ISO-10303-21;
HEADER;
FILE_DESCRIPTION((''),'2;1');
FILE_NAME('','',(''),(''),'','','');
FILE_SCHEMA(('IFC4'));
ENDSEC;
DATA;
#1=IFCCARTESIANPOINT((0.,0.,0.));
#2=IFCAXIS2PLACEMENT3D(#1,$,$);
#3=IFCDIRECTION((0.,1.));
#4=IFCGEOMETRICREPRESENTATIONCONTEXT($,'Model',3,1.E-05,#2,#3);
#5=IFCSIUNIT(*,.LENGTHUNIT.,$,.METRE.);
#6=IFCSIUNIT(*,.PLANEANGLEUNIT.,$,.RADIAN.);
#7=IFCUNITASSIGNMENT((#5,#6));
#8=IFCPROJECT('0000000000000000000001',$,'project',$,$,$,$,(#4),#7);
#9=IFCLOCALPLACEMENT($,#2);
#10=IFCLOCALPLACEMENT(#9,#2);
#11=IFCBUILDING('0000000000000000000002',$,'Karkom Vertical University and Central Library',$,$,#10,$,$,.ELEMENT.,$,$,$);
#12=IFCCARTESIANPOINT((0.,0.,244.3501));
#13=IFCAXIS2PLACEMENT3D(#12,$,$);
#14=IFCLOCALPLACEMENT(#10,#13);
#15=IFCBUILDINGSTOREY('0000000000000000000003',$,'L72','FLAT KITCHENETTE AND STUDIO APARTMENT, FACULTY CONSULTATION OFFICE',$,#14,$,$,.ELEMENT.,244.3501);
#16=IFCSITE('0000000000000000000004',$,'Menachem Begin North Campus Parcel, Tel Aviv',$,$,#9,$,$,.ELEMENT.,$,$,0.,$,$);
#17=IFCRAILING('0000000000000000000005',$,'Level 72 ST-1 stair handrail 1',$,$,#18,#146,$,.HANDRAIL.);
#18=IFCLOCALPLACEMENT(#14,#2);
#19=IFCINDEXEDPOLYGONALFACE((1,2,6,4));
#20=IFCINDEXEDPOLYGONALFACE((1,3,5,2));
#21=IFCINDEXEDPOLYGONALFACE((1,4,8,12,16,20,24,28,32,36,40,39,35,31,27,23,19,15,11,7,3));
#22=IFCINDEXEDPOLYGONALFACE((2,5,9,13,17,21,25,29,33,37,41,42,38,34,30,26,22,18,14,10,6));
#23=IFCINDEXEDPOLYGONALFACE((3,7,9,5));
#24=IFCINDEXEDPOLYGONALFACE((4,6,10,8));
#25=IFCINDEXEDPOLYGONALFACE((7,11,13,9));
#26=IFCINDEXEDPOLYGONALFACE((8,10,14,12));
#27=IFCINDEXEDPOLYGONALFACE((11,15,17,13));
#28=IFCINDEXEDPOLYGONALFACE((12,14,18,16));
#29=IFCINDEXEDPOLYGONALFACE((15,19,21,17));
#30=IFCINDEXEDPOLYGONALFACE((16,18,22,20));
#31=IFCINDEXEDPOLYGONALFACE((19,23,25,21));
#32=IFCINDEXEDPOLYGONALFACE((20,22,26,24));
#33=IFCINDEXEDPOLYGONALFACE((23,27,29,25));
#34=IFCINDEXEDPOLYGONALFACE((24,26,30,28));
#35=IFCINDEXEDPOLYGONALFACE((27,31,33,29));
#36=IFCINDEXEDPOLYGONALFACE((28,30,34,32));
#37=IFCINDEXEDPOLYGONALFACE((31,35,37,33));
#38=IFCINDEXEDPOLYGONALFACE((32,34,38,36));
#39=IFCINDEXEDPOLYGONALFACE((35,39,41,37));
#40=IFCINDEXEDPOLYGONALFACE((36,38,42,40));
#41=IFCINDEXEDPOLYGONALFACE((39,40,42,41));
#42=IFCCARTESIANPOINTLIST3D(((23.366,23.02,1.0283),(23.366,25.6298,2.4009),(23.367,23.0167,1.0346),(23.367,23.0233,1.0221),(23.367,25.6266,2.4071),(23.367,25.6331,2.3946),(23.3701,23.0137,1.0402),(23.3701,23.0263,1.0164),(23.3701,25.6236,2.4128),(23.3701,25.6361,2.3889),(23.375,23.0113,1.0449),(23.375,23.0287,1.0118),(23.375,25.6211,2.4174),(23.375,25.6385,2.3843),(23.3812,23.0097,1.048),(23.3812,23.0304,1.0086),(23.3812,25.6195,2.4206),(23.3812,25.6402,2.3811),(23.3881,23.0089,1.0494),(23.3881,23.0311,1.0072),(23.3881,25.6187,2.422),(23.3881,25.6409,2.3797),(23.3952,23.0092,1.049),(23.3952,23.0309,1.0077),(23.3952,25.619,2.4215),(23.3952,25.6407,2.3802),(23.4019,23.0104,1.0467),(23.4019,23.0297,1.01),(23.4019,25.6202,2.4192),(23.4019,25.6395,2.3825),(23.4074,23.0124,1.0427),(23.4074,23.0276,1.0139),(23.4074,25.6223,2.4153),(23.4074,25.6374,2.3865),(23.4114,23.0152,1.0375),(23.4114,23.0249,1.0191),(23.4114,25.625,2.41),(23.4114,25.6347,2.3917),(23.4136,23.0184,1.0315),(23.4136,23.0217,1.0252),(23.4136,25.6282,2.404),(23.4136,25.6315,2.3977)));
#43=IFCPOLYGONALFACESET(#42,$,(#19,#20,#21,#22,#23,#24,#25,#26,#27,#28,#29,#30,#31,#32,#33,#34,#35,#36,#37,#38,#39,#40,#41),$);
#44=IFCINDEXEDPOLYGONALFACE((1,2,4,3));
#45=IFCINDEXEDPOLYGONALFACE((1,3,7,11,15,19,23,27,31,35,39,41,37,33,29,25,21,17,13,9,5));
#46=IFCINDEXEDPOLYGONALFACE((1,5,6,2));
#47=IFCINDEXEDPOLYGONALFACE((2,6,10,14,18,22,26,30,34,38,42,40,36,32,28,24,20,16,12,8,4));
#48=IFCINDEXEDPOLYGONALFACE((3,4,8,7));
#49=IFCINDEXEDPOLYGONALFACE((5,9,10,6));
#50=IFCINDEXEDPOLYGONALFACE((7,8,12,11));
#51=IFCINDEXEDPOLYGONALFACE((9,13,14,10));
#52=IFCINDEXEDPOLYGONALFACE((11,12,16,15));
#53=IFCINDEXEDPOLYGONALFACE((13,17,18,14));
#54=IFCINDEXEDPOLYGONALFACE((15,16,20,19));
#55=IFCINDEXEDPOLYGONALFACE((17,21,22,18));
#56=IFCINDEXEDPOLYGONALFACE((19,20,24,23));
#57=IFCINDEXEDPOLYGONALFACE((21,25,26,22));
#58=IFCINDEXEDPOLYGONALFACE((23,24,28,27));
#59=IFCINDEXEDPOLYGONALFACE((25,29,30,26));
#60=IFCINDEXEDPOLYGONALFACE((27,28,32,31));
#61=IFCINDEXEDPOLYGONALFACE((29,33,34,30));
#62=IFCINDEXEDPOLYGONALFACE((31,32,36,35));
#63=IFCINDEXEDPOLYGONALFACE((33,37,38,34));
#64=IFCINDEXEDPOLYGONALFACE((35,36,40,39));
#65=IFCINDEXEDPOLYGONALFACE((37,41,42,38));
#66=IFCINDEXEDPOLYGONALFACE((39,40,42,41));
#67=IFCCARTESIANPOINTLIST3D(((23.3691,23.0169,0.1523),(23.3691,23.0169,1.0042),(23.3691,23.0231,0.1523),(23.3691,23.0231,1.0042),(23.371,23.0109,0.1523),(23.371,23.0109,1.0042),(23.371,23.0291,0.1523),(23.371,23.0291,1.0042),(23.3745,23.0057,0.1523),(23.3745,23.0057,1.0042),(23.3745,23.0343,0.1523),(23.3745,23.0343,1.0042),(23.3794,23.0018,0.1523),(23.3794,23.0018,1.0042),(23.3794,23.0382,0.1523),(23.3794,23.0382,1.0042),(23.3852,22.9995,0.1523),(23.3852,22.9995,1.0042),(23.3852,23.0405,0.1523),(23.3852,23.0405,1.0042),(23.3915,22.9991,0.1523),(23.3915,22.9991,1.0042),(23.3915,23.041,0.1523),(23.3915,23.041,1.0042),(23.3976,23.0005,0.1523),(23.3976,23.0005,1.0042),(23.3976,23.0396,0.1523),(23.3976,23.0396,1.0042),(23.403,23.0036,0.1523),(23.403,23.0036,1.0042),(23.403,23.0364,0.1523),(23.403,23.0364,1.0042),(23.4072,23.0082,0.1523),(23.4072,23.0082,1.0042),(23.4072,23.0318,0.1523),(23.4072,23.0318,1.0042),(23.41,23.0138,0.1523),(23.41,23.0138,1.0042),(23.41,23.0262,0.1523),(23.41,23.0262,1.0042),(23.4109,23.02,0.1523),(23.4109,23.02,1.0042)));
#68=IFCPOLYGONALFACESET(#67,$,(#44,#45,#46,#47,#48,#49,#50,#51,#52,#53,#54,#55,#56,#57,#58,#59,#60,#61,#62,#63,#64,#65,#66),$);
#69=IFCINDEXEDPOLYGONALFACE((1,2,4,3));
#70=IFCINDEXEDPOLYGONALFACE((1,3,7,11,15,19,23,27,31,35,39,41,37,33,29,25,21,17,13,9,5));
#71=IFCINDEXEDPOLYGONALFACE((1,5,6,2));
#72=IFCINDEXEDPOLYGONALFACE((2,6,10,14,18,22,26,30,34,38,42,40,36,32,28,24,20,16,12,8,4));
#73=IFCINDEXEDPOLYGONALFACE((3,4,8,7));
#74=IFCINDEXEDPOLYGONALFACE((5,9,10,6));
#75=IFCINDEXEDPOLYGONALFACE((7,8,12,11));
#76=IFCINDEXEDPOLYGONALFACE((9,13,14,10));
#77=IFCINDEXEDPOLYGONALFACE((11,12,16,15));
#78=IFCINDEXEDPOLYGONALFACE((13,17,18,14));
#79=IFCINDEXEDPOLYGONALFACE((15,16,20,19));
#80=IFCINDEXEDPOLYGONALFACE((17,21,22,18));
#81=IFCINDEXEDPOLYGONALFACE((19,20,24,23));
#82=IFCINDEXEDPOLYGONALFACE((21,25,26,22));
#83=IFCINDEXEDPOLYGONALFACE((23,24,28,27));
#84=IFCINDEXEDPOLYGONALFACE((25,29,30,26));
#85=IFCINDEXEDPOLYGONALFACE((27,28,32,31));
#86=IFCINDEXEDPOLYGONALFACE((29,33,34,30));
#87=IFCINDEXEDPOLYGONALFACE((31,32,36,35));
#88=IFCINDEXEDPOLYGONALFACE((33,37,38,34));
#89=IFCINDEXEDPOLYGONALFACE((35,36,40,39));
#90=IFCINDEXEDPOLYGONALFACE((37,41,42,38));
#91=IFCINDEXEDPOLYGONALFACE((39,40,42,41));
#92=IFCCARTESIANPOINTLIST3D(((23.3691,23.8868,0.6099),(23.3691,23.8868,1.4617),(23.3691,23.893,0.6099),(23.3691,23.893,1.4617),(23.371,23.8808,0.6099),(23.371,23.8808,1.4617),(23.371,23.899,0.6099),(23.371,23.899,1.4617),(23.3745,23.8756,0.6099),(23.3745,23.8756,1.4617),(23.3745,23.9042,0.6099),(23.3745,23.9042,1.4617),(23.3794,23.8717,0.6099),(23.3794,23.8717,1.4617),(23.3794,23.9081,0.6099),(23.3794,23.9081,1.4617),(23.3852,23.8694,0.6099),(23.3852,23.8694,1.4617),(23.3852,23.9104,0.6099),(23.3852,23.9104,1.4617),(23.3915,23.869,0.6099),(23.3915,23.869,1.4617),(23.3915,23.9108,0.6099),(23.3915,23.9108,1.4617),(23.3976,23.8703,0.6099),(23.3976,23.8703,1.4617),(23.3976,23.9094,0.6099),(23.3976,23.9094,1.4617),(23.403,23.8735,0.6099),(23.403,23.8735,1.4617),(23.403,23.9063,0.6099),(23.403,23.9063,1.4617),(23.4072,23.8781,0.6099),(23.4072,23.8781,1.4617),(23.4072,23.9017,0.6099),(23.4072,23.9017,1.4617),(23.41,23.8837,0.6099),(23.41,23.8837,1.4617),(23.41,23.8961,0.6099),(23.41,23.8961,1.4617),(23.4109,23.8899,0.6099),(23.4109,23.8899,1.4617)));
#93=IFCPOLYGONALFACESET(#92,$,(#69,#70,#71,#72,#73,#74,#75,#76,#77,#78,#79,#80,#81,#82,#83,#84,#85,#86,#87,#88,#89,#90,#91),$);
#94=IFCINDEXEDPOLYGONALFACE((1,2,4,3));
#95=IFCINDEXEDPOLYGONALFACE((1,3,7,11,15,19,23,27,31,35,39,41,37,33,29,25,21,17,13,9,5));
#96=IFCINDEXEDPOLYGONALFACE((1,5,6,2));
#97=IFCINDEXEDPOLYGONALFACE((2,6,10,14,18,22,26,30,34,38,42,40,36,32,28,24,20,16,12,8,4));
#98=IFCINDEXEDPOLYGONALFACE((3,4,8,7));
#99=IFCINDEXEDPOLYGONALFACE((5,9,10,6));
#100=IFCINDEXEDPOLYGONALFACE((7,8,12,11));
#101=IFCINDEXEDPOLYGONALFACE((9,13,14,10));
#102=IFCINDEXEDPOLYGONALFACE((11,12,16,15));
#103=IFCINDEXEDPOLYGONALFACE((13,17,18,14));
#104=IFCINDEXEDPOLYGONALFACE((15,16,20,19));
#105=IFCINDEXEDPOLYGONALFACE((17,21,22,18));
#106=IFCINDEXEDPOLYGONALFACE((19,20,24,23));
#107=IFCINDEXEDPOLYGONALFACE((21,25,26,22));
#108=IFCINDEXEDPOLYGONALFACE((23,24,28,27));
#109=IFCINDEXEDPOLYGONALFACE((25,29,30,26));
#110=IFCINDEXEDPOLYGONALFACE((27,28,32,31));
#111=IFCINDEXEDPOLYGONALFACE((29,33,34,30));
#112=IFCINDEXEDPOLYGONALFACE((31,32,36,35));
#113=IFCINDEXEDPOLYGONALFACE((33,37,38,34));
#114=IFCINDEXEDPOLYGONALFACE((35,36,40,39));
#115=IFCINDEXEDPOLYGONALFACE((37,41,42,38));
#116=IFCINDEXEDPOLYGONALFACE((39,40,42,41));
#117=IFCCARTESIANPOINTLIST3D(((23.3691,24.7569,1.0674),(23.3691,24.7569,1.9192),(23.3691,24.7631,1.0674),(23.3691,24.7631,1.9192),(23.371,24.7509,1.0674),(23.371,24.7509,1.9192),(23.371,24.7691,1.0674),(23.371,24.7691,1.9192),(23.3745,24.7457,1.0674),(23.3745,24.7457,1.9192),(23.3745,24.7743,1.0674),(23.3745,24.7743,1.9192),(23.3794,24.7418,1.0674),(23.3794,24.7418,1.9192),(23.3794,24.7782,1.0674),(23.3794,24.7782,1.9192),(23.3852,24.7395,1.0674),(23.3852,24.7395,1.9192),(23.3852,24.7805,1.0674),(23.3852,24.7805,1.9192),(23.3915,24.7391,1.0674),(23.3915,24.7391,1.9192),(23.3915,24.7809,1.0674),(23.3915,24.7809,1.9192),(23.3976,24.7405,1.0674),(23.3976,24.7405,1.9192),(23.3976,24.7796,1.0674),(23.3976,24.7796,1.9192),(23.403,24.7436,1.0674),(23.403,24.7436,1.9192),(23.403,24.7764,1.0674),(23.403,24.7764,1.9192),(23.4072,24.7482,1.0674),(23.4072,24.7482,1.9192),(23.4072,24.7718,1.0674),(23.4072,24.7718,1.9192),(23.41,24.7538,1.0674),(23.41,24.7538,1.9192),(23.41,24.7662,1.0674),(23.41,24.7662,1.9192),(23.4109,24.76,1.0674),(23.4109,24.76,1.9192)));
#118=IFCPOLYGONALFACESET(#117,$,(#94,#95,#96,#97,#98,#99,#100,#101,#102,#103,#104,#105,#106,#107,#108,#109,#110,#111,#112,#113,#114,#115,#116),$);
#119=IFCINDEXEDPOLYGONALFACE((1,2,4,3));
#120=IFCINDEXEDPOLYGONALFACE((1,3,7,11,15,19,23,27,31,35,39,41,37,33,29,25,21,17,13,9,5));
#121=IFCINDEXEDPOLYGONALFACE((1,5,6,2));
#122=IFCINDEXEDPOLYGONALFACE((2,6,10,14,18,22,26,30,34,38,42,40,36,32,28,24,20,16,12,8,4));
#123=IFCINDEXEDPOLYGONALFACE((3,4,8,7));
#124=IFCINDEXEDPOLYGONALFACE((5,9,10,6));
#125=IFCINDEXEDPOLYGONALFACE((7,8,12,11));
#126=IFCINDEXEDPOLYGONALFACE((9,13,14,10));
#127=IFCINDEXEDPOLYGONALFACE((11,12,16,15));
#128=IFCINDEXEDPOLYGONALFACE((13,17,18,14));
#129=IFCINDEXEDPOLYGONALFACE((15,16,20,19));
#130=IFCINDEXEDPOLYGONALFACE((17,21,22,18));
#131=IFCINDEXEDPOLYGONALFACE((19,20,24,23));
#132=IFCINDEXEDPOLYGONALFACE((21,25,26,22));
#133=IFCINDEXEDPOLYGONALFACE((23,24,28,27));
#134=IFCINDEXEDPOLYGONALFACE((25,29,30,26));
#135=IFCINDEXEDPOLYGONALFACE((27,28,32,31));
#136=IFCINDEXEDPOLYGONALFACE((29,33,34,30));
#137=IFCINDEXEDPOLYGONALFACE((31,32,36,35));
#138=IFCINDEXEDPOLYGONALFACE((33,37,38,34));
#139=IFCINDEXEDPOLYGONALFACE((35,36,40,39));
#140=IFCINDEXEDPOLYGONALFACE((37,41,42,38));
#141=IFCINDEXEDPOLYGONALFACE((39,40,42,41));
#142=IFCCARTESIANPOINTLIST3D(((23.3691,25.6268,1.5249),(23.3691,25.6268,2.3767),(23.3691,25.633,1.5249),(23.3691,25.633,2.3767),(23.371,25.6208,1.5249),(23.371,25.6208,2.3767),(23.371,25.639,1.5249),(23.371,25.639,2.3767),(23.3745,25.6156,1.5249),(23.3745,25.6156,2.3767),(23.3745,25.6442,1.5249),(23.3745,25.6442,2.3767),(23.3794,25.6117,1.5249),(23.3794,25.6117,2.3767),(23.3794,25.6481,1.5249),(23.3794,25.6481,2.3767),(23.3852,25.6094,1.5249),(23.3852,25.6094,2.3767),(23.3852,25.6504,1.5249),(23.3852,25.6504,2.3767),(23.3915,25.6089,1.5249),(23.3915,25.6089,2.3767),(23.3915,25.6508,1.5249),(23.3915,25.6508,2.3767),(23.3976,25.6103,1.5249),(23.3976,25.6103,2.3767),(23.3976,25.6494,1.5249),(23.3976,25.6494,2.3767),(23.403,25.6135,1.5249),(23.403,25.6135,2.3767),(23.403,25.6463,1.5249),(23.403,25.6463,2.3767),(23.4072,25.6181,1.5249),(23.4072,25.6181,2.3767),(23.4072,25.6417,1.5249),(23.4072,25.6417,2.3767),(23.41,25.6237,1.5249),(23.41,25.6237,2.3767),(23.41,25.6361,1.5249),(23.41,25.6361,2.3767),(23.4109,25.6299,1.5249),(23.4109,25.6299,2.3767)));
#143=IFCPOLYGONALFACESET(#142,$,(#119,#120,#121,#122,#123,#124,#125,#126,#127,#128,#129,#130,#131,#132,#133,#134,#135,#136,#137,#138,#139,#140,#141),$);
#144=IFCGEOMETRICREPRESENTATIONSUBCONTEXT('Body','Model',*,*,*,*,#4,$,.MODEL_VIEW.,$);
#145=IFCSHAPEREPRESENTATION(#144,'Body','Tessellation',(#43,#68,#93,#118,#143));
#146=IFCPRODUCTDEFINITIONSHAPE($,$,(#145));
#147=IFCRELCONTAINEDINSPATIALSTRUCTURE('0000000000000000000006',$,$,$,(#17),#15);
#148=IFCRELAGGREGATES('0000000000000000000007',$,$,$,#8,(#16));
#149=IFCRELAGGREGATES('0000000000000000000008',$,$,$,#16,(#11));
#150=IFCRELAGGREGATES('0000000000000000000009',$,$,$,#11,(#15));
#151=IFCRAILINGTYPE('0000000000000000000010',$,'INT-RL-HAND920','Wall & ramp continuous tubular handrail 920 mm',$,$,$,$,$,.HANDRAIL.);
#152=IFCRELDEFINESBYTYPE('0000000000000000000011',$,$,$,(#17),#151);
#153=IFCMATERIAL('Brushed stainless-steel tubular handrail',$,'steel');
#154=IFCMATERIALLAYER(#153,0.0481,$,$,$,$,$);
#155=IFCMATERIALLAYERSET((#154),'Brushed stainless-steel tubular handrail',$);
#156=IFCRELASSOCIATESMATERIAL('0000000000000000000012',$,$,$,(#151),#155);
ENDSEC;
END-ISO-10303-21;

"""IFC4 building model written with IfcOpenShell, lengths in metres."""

from ifc_helpers import new_model, si_unit, direction, frame, origin, origin_2d, place, context, subcontext, project, spatial, circle, extrude, material, layer, layer_set, type_object, element, save


model = new_model("IFC4")

# Units and contexts
model_context = context("Model", 3, precision=1e-05, world=origin(), true_north=direction((0.0, 1.0)))
body_context = subcontext(model_context, "Body", "Model", "MODEL_VIEW")
ifc_project = project(units=[si_unit("LENGTHUNIT", "METRE"), si_unit("PLANEANGLEUNIT", "RADIAN")], contexts=[model_context])

# Site, building, storey
site_placement = place(None, origin())
site = spatial("IfcSite", under=ifc_project, at=site_placement, Name="Menachem Begin North Campus Parcel, Tel Aviv", CompositionType="ELEMENT", RefElevation=0.0)
building_placement = place(site_placement, origin())
building = spatial("IfcBuilding", under=site, at=building_placement, Name="Karkom Vertical University and Central Library", CompositionType="ELEMENT")
storey_placement = place(building_placement, frame((0.0, 0.0, 244.3501)))
storey = spatial("IfcBuildingStorey", under=building, at=storey_placement, Name="L72", Description="FLAT KITCHENETTE AND STUDIO APARTMENT, FACULTY CONSULTATION OFFICE", CompositionType="ELEMENT", Elevation=244.3501)

# Railing
ifc_material_1 = material(Name="Brushed stainless-steel tubular handrail", Category="steel")
ifc_layer_1 = layer(ifc_material_1, 0.0481)
ifc_layer_set_1 = layer_set([ifc_layer_1], Name="Brushed stainless-steel tubular handrail")
railing_type_1 = type_object("IfcRailingType", Name="INT-RL-HAND920", Description="Wall & ramp continuous tubular handrail 920 mm", PredefinedType="HANDRAIL", material=ifc_layer_set_1)
railing_1_placement = place(storey_placement, frame((23.3899, 23.02, 0.1523)))
element("IfcRailing", 1, at=railing_1_placement, inside=storey, type_object=railing_type_1, Name="Level 72 ST-1 stair handrail 1", PredefinedType="HANDRAIL", context=body_context, shape_type="SweptSolid", body=[
    extrude(circle(Radius=0.0239, at=origin_2d()), frame((0.0, 0.0, 0.876), z_axis=(0.0, 0.885065, 0.465467), x_axis=(-1.0, 0.0, 0.0)), (0.0, 0.0, 1.0), 2.9487),
    extrude(circle(Radius=0.021, at=origin_2d()), origin(), (0.0, 0.0, 1.0), 0.8518),
    extrude(circle(Radius=0.021, at=origin_2d()), frame((0.0, 0.8699, 0.4575)), (0.0, 0.0, 1.0), 0.8518),
    extrude(circle(Radius=0.021, at=origin_2d()), frame((0.0, 1.74, 0.915)), (0.0, 0.0, 1.0), 0.8518),
    extrude(circle(Radius=0.021, at=origin_2d()), frame((0.0, 2.6099, 1.3726)), (0.0, 0.0, 1.0), 0.8518),
])

save(model, "model.ifc")
